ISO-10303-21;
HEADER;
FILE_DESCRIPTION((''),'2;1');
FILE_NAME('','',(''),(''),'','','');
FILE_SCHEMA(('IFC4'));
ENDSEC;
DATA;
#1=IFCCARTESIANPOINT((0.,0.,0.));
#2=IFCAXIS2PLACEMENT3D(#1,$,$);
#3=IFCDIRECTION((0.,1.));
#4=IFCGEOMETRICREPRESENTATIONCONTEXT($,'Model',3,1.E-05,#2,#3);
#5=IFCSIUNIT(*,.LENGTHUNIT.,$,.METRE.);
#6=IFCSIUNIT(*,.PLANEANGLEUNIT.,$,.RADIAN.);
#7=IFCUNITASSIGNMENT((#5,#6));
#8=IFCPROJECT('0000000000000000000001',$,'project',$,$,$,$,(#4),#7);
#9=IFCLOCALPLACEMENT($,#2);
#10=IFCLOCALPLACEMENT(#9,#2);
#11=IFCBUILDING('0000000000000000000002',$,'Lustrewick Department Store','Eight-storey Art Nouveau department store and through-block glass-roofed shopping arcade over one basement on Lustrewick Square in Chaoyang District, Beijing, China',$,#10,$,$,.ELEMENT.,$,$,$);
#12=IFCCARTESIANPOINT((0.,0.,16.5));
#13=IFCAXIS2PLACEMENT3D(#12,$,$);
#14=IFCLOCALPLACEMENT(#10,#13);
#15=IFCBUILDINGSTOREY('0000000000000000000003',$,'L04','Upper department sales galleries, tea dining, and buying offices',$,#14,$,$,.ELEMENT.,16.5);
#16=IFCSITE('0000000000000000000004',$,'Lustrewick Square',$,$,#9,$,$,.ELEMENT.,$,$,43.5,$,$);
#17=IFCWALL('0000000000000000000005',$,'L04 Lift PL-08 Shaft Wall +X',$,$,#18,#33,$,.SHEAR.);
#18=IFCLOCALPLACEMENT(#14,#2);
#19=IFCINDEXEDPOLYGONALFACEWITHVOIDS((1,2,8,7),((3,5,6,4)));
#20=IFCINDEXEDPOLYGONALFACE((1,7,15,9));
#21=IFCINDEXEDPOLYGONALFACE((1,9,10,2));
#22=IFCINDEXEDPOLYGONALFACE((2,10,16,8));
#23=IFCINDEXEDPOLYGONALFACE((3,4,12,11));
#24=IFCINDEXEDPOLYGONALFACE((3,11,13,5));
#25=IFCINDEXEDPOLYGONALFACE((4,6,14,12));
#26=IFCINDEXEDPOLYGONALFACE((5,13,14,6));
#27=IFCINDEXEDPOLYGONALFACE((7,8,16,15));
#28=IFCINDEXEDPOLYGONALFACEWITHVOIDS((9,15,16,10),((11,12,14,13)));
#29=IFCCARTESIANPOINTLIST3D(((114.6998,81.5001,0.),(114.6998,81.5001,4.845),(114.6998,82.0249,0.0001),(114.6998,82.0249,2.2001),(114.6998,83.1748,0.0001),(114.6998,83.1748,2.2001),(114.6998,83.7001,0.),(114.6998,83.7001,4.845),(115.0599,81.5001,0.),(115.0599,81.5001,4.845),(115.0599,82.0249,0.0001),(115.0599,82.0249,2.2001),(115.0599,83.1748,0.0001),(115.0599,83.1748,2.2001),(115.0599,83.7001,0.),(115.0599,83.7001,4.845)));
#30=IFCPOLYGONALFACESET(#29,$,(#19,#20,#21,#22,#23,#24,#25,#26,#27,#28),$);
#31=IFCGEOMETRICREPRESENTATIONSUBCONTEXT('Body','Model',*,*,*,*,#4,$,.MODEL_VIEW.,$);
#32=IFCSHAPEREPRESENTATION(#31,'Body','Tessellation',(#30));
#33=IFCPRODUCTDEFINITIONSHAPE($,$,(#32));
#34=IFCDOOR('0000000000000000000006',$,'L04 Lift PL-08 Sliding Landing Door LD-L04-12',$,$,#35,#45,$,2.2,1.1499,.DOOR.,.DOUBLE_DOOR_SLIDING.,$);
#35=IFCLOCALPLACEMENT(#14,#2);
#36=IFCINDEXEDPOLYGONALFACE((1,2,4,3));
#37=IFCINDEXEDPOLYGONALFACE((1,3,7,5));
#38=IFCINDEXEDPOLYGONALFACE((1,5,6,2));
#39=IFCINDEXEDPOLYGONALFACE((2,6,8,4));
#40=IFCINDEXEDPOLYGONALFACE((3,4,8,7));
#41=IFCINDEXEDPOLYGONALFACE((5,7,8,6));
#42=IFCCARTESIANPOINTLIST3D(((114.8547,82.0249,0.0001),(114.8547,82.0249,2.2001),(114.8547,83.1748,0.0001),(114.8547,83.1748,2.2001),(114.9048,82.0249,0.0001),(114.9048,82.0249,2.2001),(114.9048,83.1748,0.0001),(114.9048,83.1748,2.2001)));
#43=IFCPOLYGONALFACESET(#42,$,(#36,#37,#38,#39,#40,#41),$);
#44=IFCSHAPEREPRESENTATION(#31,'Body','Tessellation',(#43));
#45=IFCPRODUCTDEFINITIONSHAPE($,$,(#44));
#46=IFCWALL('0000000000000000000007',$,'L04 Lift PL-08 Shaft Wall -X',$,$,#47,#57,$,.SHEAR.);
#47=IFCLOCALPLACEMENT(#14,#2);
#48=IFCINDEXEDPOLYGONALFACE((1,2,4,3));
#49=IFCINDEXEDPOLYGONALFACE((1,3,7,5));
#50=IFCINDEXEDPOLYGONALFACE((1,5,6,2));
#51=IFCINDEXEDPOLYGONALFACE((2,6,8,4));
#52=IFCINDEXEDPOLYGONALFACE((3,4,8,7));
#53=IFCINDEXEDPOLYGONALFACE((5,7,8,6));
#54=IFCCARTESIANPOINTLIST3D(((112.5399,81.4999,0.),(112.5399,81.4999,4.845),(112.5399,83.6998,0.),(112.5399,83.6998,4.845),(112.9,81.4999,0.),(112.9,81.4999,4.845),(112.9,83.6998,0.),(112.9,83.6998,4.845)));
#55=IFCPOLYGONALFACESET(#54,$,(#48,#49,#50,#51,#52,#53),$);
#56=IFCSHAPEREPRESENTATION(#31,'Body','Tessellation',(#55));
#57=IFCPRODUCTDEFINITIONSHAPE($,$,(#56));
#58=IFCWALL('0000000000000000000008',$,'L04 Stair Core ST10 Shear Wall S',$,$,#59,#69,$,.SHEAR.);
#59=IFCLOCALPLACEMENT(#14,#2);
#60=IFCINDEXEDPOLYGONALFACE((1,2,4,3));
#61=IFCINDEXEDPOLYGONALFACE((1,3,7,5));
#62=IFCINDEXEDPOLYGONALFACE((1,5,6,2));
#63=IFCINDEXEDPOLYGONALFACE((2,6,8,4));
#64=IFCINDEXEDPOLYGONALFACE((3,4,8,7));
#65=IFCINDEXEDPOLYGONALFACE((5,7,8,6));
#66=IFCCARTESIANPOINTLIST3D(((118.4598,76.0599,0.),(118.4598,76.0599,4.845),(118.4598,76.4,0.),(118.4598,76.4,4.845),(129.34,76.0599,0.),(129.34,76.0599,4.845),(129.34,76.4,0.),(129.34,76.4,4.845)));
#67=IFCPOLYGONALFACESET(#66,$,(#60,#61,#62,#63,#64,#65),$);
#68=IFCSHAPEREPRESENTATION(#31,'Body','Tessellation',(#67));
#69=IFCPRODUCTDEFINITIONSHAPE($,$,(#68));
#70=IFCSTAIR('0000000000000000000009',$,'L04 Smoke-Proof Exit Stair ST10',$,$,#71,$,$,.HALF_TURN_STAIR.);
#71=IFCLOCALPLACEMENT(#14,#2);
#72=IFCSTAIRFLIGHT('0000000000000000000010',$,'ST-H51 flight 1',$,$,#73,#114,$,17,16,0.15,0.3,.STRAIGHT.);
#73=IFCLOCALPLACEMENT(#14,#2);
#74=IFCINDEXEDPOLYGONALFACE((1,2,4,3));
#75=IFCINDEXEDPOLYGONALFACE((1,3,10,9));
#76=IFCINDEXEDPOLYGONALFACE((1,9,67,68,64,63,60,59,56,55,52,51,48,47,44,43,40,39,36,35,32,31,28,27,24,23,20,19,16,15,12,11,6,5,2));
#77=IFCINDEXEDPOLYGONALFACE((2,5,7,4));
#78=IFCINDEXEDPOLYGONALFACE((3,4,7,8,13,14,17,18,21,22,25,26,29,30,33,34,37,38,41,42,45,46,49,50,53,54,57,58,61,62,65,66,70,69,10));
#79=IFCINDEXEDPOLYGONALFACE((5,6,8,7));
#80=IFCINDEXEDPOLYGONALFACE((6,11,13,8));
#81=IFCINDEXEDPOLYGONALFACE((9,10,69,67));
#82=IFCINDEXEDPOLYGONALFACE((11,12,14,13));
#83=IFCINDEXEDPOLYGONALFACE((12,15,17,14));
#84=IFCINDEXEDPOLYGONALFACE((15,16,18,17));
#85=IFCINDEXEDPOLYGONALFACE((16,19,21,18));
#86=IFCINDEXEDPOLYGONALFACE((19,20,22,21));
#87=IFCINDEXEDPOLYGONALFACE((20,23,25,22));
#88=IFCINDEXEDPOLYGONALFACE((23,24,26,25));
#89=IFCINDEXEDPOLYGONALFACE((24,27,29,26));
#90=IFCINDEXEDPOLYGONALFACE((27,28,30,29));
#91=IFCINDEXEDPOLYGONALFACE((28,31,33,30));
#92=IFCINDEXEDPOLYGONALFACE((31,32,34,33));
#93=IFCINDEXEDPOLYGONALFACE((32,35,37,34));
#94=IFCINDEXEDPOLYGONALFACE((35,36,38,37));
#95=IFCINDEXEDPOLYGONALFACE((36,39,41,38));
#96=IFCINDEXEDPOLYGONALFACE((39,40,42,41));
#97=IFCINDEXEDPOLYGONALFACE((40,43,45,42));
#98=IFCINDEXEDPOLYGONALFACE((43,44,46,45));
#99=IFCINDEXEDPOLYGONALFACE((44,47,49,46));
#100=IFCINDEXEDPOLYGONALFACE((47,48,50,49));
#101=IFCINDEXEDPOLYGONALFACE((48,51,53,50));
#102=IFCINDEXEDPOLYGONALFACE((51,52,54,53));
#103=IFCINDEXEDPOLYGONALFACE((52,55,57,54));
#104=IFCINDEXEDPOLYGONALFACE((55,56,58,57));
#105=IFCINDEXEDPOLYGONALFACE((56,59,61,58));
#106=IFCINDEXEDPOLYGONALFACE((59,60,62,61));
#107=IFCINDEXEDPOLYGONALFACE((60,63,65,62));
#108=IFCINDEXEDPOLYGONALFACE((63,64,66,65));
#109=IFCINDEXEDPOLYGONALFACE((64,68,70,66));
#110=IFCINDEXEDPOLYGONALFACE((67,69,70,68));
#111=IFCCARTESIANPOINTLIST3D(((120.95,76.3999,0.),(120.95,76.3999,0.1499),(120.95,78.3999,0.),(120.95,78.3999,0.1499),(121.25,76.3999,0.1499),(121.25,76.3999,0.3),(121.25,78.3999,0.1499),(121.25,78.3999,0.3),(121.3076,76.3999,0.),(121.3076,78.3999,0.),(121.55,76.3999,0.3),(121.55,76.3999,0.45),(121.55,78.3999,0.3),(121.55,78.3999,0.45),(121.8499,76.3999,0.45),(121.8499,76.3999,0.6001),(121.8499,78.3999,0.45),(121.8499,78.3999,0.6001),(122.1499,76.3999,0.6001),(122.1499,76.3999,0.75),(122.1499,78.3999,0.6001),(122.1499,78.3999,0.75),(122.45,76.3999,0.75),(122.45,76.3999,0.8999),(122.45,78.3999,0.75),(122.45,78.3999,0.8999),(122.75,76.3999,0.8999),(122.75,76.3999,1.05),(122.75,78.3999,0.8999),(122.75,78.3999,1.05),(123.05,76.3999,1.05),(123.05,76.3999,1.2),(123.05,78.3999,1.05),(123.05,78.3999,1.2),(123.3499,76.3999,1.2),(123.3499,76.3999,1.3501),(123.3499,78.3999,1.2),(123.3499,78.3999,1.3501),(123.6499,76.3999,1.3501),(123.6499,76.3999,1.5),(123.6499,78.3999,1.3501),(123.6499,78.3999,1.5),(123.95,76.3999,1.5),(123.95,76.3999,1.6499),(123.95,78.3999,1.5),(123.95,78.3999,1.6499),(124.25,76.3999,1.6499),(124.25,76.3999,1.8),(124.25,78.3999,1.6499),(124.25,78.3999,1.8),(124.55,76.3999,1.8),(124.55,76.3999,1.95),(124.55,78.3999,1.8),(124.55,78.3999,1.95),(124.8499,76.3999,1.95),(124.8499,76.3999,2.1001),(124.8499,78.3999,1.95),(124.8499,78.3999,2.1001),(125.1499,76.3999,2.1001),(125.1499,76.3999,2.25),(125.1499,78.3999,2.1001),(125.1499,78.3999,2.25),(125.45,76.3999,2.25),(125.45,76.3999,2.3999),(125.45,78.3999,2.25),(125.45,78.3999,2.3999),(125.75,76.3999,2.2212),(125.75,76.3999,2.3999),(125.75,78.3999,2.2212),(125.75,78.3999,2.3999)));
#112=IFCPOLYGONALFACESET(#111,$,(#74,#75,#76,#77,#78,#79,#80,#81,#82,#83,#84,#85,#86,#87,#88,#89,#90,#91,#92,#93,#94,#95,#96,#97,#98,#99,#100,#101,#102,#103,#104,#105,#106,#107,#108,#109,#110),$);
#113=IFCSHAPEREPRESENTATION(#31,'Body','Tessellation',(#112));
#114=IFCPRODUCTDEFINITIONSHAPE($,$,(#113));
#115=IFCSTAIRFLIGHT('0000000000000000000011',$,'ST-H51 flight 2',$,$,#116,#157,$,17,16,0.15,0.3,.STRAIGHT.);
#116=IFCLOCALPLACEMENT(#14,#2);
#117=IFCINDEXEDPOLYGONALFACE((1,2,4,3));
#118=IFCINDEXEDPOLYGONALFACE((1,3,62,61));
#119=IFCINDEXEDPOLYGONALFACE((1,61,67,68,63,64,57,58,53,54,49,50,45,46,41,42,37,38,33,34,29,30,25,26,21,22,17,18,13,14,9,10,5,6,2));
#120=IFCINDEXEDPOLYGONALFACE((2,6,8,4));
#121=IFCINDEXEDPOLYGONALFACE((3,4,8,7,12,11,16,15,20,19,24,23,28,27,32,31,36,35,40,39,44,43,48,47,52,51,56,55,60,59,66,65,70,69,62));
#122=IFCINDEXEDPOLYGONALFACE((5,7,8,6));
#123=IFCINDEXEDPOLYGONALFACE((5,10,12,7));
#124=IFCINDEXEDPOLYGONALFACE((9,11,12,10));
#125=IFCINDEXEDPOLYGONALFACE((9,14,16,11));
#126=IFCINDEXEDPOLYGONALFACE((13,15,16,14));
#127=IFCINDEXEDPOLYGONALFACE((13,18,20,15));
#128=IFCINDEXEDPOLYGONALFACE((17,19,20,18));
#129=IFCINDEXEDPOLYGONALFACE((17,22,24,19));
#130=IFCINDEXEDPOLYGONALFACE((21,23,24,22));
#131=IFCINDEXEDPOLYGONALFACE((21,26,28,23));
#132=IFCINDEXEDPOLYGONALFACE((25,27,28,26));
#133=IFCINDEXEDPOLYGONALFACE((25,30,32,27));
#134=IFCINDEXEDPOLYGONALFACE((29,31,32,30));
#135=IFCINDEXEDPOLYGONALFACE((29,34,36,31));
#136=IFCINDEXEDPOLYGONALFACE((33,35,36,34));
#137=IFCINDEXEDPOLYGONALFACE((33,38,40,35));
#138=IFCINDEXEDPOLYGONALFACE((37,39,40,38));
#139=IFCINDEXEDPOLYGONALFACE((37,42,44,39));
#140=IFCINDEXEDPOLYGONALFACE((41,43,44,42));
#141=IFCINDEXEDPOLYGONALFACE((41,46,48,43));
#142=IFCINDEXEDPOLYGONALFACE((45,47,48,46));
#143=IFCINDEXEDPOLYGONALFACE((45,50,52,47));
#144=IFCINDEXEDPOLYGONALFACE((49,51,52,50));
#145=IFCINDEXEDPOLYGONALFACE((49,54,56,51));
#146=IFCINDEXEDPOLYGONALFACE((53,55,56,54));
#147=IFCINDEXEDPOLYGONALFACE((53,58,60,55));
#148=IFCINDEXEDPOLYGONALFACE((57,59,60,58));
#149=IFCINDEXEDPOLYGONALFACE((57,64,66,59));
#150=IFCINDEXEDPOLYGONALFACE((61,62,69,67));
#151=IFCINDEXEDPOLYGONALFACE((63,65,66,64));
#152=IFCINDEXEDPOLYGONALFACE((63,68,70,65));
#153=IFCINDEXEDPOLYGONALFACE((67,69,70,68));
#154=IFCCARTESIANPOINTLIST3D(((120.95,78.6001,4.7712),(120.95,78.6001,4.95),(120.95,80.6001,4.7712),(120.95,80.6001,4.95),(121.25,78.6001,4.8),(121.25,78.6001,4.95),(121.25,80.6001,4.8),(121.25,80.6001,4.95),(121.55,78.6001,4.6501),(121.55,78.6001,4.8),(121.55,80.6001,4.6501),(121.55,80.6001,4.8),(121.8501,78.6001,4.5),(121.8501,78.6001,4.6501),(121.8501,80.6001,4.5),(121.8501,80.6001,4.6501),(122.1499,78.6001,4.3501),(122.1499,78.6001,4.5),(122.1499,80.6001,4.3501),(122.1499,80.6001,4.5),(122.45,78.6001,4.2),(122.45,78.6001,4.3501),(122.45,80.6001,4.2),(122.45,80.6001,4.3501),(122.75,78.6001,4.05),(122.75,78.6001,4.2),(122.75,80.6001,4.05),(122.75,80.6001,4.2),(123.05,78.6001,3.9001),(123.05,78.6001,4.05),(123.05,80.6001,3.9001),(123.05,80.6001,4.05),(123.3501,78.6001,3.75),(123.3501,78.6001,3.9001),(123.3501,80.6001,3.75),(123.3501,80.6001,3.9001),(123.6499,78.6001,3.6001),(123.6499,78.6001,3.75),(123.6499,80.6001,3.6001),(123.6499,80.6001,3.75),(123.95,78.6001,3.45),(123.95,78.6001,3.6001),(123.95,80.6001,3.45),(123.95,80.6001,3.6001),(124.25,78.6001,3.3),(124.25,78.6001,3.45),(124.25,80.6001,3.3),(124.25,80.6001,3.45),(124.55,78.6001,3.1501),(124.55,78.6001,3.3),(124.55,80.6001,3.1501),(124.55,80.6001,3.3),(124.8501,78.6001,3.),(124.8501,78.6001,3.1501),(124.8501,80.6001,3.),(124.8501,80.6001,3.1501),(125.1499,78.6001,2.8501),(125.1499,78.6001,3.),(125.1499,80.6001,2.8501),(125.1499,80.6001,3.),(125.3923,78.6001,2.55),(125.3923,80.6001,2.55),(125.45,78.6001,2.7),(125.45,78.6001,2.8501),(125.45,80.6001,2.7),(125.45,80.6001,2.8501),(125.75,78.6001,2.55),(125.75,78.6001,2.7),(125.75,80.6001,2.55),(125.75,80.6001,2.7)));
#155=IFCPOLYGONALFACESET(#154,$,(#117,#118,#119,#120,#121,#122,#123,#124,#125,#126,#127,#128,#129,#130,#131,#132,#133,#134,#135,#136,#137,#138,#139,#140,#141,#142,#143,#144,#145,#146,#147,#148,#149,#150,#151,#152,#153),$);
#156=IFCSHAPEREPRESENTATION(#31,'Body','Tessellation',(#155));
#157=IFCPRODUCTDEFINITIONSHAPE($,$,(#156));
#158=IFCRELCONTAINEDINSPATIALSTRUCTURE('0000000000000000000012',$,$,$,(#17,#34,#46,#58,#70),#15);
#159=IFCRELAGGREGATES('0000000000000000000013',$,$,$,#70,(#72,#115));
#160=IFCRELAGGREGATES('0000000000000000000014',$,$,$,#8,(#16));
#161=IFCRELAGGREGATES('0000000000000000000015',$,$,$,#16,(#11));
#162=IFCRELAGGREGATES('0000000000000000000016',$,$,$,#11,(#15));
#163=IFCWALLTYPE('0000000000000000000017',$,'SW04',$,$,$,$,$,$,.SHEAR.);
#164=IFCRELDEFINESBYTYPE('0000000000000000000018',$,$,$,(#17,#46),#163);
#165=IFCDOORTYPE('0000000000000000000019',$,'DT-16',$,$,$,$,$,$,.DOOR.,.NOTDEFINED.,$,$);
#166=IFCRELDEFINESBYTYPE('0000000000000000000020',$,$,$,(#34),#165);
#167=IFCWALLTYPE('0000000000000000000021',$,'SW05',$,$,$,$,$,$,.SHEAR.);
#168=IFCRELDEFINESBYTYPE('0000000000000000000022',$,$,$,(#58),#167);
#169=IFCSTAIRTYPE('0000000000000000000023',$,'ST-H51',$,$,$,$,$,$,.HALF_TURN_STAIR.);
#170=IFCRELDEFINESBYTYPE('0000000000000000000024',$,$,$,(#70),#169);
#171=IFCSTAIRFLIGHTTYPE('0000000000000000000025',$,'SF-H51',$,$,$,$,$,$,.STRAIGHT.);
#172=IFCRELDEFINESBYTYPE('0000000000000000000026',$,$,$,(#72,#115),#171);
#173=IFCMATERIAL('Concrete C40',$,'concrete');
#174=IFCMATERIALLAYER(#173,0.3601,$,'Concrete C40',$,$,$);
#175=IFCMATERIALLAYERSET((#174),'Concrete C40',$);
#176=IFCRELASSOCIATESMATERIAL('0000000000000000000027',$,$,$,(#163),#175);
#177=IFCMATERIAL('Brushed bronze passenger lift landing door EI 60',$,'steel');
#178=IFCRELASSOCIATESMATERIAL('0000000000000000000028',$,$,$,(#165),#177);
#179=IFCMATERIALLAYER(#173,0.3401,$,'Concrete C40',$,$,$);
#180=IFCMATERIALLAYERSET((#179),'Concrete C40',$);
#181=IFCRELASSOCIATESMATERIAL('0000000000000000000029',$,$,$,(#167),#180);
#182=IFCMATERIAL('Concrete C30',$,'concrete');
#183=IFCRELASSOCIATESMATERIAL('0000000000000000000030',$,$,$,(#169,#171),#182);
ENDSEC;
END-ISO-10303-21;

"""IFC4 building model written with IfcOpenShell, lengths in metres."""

from ifc_helpers import new_model, si_unit, direction, frame, frame_2d, origin, place, context, subcontext, project, spatial, polyline, rectangle, outline, extrude, material, layer, layer_set, type_object, element, fill, aggregate, save


model = new_model("IFC4")

# Units and contexts
model_context = context("Model", 3, precision=1e-05, world=origin(), true_north=direction((0.0, 1.0)))
body_context = subcontext(model_context, "Body", "Model", "MODEL_VIEW")
ifc_project = project(units=[si_unit("LENGTHUNIT", "METRE"), si_unit("PLANEANGLEUNIT", "RADIAN")], contexts=[model_context])

# Site, building, storey
site_placement = place(None, origin())
site = spatial("IfcSite", under=ifc_project, at=site_placement, Name="Lustrewick Square", CompositionType="ELEMENT", RefElevation=43.5)
building_placement = place(site_placement, origin())
building = spatial("IfcBuilding", under=site, at=building_placement, Name="Lustrewick Department Store", Description="Eight-storey Art Nouveau department store and through-block glass-roofed shopping arcade over one basement on Lustrewick Square in Chaoyang District, Beijing, China", CompositionType="ELEMENT")
storey_placement = place(building_placement, frame((0.0, 0.0, 16.5)))
storey = spatial("IfcBuildingStorey", under=building, at=storey_placement, Name="L04", Description="Upper department sales galleries, tea dining, and buying offices", CompositionType="ELEMENT", Elevation=16.5)

# Shared definitions
ifc_material_1 = material(Name="Concrete C40", Category="concrete")
ifc_layer_1 = layer(ifc_material_1, 0.3601, Name="Concrete C40")
ifc_layer_set_1 = layer_set([ifc_layer_1], Name="Concrete C40")
wall_type_1 = type_object("IfcWallType", Name="SW04", PredefinedType="SHEAR", material=ifc_layer_set_1)

# Shared definitions
ifc_material_2 = material(Name="Brushed bronze passenger lift landing door EI 60", Category="steel")
door_type_1 = type_object("IfcDoorType", Name="DT-16", OperationType="NOTDEFINED", PredefinedType="DOOR", material=ifc_material_2)

# Wall, opening, door
wall_1_placement = place(storey_placement, frame((114.8799, 81.5, 0.0), z_axis=(0.0, 0.0, 1.0), x_axis=(0.0, 1.0, 0.0)))
wall_1 = element("IfcWall", 1, at=wall_1_placement, inside=storey, type_object=wall_type_1, Name="L04 Lift PL-08 Shaft Wall +X", PredefinedType="SHEAR", context=body_context, shape_type="SweptSolid", body=[
    extrude(rectangle(XDim=2.2, YDim=0.3601, at=frame_2d((1.1001, 0.0))), origin(), (0.0, 0.0, 1.0), 4.845),
])
opening_1_placement = place(wall_1_placement, frame((0.5249, 0.0, 0.0)))
opening_1 = element("IfcOpeningElement", 2, at=opening_1_placement, cuts=wall_1, PredefinedType="OPENING", context=body_context, shape_type="SweptSolid", body=[
    extrude(rectangle(XDim=1.1499, YDim=2.2, at=frame_2d((0.575, 1.1001))), frame((0.0, 0.1899, 0.0), z_axis=(0.0, -1.0, 0.0), x_axis=(1.0, 0.0, 0.0)), (0.0, 0.0, 1.0), 0.3801),
])
door_1_placement = place(opening_1_placement, frame((1.1499, 0.0, 0.0), z_axis=(0.0, 0.0, 1.0), x_axis=(-1.0, 0.0, 0.0)))
door_1 = element("IfcDoor", 3, at=door_1_placement, inside=storey, type_object=door_type_1, Name="L04 Lift PL-08 Sliding Landing Door LD-L04-12", OperationType="DOUBLE_DOOR_SLIDING", OverallHeight=2.2, OverallWidth=1.1499, PredefinedType="DOOR", context=body_context, shape_type="SweptSolid", body=[
    extrude(rectangle(XDim=1.1499, YDim=2.2, at=frame_2d((0.575, 1.1001))), frame((0.0, 0.0249, 0.0), z_axis=(0.0, -1.0, 0.0), x_axis=(1.0, 0.0, 0.0)), (0.0, 0.0, 1.0), 0.05),
])
fill(opening_1, door_1)

# Walls
wall_2_placement = place(storey_placement, frame((112.72, 83.7, 0.0), z_axis=(0.0, 0.0, 1.0), x_axis=(0.0, -1.0, 0.0)))
element("IfcWall", 4, at=wall_2_placement, inside=storey, type_object=wall_type_1, Name="L04 Lift PL-08 Shaft Wall -X", PredefinedType="SHEAR", context=body_context, shape_type="SweptSolid", body=[
    extrude(rectangle(XDim=2.2, YDim=0.3601, at=frame_2d((1.1001, 0.0))), origin(), (0.0, 0.0, 1.0), 4.845),
])
ifc_layer_2 = layer(ifc_material_1, 0.3401, Name="Concrete C40")
ifc_layer_set_2 = layer_set([ifc_layer_2], Name="Concrete C40")
wall_type_2 = type_object("IfcWallType", Name="SW05", PredefinedType="SHEAR", material=ifc_layer_set_2)
wall_3_placement = place(storey_placement, frame((118.46, 76.23, 0.0), z_axis=(0.0, 0.0, 1.0), x_axis=(1.0, 0.0, 0.0)))
element("IfcWall", 5, at=wall_3_placement, inside=storey, type_object=wall_type_2, Name="L04 Stair Core ST10 Shear Wall S", PredefinedType="SHEAR", context=body_context, shape_type="SweptSolid", body=[
    extrude(rectangle(XDim=10.8801, YDim=0.3401, at=frame_2d((5.4399, 0.0))), origin(), (0.0, 0.0, 1.0), 4.845),
])

# Stair, stair flights
ifc_material_3 = material(Name="Concrete C30", Category="concrete")
stair_type = type_object("IfcStairType", Name="ST-H51", PredefinedType="HALF_TURN_STAIR", material=ifc_material_3)
stair_placement = place(storey_placement, origin())
stair = element("IfcStair", 6, at=stair_placement, inside=storey, type_object=stair_type, Name="L04 Smoke-Proof Exit Stair ST10", PredefinedType="HALF_TURN_STAIR")
stair_flight_type = type_object("IfcStairFlightType", Name="SF-H51", PredefinedType="STRAIGHT", material=ifc_material_3)
stair_flight_1_placement = place(storey_placement, frame((120.95, 77.3999, 0.0), z_axis=(0.0, 0.0, 1.0), x_axis=(1.0, 0.0, 0.0)))
stair_flight_1 = element("IfcStairFlight", 7, at=stair_flight_1_placement, type_object=stair_flight_type, Name="ST-H51 flight 1", NumberOfRisers=17, NumberOfTreads=16, PredefinedType="STRAIGHT", RiserHeight=0.15, TreadLength=0.3, context=body_context, shape_type="SweptSolid", body=[
    extrude(outline(polyline([(0.0, 0.0), (0.0, 0.1499), (0.3, 0.1499), (0.3, 0.3), (0.6001, 0.3), (0.6001, 0.45), (0.8999, 0.45), (0.8999, 0.6001), (1.2, 0.6001), (1.2, 0.75), (1.5, 0.75), (1.5, 0.8999), (1.8, 0.8999), (1.8, 1.05), (2.1001, 1.05), (2.1001, 1.2), (2.3999, 1.2), (2.3999, 1.3501), (2.7, 1.3501), (2.7, 1.5), (3.0, 1.5), (3.0, 1.6499), (3.3, 1.6499), (3.3, 1.8), (3.6001, 1.8), (3.6001, 1.95), (3.8999, 1.95), (3.8999, 2.1001), (4.2, 2.1001), (4.2, 2.25), (4.5, 2.25), (4.5, 2.3999), (4.8, 2.3999), (4.8, 2.55), (4.8, 2.2212), (0.3577, 0.0), (0.0, 0.0)])), frame((0.0, 1.0, 0.0), z_axis=(0.0, -1.0, 0.0), x_axis=(1.0, 0.0, 0.0)), (0.0, 0.0, 1.0), 2.0),
])
stair_flight_2_placement = place(storey_placement, frame((125.75, 79.6001, 2.55), z_axis=(0.0, 0.0, 1.0), x_axis=(-1.0, 0.0, 0.0)))
stair_flight_2 = element("IfcStairFlight", 8, at=stair_flight_2_placement, type_object=stair_flight_type, Name="ST-H51 flight 2", NumberOfRisers=17, NumberOfTreads=16, PredefinedType="STRAIGHT", RiserHeight=0.15, TreadLength=0.3, context=body_context, shape_type="SweptSolid", body=[
    extrude(outline(polyline([(0.0, 0.0), (0.0, 0.1499), (0.3, 0.1499), (0.3, 0.3), (0.6001, 0.3), (0.6001, 0.45), (0.8999, 0.45), (0.8999, 0.6001), (1.2, 0.6001), (1.2, 0.75), (1.5, 0.75), (1.5, 0.8999), (1.8, 0.8999), (1.8, 1.05), (2.1001, 1.05), (2.1001, 1.2), (2.3999, 1.2), (2.3999, 1.3501), (2.7, 1.3501), (2.7, 1.5), (3.0, 1.5), (3.0, 1.6499), (3.3, 1.6499), (3.3, 1.8), (3.6001, 1.8), (3.6001, 1.95), (3.8999, 1.95), (3.8999, 2.1001), (4.2, 2.1001), (4.2, 2.25), (4.5, 2.25), (4.5, 2.3999), (4.8, 2.3999), (4.8, 2.55), (4.8, 2.2212), (0.3577, 0.0), (0.0, 0.0)])), frame((0.0, 1.0, 0.0), z_axis=(0.0, -1.0, 0.0), x_axis=(1.0, 0.0, 0.0)), (0.0, 0.0, 1.0), 2.0),
])
aggregate(stair, [stair_flight_1, stair_flight_2])

save(model, "model.ifc")
